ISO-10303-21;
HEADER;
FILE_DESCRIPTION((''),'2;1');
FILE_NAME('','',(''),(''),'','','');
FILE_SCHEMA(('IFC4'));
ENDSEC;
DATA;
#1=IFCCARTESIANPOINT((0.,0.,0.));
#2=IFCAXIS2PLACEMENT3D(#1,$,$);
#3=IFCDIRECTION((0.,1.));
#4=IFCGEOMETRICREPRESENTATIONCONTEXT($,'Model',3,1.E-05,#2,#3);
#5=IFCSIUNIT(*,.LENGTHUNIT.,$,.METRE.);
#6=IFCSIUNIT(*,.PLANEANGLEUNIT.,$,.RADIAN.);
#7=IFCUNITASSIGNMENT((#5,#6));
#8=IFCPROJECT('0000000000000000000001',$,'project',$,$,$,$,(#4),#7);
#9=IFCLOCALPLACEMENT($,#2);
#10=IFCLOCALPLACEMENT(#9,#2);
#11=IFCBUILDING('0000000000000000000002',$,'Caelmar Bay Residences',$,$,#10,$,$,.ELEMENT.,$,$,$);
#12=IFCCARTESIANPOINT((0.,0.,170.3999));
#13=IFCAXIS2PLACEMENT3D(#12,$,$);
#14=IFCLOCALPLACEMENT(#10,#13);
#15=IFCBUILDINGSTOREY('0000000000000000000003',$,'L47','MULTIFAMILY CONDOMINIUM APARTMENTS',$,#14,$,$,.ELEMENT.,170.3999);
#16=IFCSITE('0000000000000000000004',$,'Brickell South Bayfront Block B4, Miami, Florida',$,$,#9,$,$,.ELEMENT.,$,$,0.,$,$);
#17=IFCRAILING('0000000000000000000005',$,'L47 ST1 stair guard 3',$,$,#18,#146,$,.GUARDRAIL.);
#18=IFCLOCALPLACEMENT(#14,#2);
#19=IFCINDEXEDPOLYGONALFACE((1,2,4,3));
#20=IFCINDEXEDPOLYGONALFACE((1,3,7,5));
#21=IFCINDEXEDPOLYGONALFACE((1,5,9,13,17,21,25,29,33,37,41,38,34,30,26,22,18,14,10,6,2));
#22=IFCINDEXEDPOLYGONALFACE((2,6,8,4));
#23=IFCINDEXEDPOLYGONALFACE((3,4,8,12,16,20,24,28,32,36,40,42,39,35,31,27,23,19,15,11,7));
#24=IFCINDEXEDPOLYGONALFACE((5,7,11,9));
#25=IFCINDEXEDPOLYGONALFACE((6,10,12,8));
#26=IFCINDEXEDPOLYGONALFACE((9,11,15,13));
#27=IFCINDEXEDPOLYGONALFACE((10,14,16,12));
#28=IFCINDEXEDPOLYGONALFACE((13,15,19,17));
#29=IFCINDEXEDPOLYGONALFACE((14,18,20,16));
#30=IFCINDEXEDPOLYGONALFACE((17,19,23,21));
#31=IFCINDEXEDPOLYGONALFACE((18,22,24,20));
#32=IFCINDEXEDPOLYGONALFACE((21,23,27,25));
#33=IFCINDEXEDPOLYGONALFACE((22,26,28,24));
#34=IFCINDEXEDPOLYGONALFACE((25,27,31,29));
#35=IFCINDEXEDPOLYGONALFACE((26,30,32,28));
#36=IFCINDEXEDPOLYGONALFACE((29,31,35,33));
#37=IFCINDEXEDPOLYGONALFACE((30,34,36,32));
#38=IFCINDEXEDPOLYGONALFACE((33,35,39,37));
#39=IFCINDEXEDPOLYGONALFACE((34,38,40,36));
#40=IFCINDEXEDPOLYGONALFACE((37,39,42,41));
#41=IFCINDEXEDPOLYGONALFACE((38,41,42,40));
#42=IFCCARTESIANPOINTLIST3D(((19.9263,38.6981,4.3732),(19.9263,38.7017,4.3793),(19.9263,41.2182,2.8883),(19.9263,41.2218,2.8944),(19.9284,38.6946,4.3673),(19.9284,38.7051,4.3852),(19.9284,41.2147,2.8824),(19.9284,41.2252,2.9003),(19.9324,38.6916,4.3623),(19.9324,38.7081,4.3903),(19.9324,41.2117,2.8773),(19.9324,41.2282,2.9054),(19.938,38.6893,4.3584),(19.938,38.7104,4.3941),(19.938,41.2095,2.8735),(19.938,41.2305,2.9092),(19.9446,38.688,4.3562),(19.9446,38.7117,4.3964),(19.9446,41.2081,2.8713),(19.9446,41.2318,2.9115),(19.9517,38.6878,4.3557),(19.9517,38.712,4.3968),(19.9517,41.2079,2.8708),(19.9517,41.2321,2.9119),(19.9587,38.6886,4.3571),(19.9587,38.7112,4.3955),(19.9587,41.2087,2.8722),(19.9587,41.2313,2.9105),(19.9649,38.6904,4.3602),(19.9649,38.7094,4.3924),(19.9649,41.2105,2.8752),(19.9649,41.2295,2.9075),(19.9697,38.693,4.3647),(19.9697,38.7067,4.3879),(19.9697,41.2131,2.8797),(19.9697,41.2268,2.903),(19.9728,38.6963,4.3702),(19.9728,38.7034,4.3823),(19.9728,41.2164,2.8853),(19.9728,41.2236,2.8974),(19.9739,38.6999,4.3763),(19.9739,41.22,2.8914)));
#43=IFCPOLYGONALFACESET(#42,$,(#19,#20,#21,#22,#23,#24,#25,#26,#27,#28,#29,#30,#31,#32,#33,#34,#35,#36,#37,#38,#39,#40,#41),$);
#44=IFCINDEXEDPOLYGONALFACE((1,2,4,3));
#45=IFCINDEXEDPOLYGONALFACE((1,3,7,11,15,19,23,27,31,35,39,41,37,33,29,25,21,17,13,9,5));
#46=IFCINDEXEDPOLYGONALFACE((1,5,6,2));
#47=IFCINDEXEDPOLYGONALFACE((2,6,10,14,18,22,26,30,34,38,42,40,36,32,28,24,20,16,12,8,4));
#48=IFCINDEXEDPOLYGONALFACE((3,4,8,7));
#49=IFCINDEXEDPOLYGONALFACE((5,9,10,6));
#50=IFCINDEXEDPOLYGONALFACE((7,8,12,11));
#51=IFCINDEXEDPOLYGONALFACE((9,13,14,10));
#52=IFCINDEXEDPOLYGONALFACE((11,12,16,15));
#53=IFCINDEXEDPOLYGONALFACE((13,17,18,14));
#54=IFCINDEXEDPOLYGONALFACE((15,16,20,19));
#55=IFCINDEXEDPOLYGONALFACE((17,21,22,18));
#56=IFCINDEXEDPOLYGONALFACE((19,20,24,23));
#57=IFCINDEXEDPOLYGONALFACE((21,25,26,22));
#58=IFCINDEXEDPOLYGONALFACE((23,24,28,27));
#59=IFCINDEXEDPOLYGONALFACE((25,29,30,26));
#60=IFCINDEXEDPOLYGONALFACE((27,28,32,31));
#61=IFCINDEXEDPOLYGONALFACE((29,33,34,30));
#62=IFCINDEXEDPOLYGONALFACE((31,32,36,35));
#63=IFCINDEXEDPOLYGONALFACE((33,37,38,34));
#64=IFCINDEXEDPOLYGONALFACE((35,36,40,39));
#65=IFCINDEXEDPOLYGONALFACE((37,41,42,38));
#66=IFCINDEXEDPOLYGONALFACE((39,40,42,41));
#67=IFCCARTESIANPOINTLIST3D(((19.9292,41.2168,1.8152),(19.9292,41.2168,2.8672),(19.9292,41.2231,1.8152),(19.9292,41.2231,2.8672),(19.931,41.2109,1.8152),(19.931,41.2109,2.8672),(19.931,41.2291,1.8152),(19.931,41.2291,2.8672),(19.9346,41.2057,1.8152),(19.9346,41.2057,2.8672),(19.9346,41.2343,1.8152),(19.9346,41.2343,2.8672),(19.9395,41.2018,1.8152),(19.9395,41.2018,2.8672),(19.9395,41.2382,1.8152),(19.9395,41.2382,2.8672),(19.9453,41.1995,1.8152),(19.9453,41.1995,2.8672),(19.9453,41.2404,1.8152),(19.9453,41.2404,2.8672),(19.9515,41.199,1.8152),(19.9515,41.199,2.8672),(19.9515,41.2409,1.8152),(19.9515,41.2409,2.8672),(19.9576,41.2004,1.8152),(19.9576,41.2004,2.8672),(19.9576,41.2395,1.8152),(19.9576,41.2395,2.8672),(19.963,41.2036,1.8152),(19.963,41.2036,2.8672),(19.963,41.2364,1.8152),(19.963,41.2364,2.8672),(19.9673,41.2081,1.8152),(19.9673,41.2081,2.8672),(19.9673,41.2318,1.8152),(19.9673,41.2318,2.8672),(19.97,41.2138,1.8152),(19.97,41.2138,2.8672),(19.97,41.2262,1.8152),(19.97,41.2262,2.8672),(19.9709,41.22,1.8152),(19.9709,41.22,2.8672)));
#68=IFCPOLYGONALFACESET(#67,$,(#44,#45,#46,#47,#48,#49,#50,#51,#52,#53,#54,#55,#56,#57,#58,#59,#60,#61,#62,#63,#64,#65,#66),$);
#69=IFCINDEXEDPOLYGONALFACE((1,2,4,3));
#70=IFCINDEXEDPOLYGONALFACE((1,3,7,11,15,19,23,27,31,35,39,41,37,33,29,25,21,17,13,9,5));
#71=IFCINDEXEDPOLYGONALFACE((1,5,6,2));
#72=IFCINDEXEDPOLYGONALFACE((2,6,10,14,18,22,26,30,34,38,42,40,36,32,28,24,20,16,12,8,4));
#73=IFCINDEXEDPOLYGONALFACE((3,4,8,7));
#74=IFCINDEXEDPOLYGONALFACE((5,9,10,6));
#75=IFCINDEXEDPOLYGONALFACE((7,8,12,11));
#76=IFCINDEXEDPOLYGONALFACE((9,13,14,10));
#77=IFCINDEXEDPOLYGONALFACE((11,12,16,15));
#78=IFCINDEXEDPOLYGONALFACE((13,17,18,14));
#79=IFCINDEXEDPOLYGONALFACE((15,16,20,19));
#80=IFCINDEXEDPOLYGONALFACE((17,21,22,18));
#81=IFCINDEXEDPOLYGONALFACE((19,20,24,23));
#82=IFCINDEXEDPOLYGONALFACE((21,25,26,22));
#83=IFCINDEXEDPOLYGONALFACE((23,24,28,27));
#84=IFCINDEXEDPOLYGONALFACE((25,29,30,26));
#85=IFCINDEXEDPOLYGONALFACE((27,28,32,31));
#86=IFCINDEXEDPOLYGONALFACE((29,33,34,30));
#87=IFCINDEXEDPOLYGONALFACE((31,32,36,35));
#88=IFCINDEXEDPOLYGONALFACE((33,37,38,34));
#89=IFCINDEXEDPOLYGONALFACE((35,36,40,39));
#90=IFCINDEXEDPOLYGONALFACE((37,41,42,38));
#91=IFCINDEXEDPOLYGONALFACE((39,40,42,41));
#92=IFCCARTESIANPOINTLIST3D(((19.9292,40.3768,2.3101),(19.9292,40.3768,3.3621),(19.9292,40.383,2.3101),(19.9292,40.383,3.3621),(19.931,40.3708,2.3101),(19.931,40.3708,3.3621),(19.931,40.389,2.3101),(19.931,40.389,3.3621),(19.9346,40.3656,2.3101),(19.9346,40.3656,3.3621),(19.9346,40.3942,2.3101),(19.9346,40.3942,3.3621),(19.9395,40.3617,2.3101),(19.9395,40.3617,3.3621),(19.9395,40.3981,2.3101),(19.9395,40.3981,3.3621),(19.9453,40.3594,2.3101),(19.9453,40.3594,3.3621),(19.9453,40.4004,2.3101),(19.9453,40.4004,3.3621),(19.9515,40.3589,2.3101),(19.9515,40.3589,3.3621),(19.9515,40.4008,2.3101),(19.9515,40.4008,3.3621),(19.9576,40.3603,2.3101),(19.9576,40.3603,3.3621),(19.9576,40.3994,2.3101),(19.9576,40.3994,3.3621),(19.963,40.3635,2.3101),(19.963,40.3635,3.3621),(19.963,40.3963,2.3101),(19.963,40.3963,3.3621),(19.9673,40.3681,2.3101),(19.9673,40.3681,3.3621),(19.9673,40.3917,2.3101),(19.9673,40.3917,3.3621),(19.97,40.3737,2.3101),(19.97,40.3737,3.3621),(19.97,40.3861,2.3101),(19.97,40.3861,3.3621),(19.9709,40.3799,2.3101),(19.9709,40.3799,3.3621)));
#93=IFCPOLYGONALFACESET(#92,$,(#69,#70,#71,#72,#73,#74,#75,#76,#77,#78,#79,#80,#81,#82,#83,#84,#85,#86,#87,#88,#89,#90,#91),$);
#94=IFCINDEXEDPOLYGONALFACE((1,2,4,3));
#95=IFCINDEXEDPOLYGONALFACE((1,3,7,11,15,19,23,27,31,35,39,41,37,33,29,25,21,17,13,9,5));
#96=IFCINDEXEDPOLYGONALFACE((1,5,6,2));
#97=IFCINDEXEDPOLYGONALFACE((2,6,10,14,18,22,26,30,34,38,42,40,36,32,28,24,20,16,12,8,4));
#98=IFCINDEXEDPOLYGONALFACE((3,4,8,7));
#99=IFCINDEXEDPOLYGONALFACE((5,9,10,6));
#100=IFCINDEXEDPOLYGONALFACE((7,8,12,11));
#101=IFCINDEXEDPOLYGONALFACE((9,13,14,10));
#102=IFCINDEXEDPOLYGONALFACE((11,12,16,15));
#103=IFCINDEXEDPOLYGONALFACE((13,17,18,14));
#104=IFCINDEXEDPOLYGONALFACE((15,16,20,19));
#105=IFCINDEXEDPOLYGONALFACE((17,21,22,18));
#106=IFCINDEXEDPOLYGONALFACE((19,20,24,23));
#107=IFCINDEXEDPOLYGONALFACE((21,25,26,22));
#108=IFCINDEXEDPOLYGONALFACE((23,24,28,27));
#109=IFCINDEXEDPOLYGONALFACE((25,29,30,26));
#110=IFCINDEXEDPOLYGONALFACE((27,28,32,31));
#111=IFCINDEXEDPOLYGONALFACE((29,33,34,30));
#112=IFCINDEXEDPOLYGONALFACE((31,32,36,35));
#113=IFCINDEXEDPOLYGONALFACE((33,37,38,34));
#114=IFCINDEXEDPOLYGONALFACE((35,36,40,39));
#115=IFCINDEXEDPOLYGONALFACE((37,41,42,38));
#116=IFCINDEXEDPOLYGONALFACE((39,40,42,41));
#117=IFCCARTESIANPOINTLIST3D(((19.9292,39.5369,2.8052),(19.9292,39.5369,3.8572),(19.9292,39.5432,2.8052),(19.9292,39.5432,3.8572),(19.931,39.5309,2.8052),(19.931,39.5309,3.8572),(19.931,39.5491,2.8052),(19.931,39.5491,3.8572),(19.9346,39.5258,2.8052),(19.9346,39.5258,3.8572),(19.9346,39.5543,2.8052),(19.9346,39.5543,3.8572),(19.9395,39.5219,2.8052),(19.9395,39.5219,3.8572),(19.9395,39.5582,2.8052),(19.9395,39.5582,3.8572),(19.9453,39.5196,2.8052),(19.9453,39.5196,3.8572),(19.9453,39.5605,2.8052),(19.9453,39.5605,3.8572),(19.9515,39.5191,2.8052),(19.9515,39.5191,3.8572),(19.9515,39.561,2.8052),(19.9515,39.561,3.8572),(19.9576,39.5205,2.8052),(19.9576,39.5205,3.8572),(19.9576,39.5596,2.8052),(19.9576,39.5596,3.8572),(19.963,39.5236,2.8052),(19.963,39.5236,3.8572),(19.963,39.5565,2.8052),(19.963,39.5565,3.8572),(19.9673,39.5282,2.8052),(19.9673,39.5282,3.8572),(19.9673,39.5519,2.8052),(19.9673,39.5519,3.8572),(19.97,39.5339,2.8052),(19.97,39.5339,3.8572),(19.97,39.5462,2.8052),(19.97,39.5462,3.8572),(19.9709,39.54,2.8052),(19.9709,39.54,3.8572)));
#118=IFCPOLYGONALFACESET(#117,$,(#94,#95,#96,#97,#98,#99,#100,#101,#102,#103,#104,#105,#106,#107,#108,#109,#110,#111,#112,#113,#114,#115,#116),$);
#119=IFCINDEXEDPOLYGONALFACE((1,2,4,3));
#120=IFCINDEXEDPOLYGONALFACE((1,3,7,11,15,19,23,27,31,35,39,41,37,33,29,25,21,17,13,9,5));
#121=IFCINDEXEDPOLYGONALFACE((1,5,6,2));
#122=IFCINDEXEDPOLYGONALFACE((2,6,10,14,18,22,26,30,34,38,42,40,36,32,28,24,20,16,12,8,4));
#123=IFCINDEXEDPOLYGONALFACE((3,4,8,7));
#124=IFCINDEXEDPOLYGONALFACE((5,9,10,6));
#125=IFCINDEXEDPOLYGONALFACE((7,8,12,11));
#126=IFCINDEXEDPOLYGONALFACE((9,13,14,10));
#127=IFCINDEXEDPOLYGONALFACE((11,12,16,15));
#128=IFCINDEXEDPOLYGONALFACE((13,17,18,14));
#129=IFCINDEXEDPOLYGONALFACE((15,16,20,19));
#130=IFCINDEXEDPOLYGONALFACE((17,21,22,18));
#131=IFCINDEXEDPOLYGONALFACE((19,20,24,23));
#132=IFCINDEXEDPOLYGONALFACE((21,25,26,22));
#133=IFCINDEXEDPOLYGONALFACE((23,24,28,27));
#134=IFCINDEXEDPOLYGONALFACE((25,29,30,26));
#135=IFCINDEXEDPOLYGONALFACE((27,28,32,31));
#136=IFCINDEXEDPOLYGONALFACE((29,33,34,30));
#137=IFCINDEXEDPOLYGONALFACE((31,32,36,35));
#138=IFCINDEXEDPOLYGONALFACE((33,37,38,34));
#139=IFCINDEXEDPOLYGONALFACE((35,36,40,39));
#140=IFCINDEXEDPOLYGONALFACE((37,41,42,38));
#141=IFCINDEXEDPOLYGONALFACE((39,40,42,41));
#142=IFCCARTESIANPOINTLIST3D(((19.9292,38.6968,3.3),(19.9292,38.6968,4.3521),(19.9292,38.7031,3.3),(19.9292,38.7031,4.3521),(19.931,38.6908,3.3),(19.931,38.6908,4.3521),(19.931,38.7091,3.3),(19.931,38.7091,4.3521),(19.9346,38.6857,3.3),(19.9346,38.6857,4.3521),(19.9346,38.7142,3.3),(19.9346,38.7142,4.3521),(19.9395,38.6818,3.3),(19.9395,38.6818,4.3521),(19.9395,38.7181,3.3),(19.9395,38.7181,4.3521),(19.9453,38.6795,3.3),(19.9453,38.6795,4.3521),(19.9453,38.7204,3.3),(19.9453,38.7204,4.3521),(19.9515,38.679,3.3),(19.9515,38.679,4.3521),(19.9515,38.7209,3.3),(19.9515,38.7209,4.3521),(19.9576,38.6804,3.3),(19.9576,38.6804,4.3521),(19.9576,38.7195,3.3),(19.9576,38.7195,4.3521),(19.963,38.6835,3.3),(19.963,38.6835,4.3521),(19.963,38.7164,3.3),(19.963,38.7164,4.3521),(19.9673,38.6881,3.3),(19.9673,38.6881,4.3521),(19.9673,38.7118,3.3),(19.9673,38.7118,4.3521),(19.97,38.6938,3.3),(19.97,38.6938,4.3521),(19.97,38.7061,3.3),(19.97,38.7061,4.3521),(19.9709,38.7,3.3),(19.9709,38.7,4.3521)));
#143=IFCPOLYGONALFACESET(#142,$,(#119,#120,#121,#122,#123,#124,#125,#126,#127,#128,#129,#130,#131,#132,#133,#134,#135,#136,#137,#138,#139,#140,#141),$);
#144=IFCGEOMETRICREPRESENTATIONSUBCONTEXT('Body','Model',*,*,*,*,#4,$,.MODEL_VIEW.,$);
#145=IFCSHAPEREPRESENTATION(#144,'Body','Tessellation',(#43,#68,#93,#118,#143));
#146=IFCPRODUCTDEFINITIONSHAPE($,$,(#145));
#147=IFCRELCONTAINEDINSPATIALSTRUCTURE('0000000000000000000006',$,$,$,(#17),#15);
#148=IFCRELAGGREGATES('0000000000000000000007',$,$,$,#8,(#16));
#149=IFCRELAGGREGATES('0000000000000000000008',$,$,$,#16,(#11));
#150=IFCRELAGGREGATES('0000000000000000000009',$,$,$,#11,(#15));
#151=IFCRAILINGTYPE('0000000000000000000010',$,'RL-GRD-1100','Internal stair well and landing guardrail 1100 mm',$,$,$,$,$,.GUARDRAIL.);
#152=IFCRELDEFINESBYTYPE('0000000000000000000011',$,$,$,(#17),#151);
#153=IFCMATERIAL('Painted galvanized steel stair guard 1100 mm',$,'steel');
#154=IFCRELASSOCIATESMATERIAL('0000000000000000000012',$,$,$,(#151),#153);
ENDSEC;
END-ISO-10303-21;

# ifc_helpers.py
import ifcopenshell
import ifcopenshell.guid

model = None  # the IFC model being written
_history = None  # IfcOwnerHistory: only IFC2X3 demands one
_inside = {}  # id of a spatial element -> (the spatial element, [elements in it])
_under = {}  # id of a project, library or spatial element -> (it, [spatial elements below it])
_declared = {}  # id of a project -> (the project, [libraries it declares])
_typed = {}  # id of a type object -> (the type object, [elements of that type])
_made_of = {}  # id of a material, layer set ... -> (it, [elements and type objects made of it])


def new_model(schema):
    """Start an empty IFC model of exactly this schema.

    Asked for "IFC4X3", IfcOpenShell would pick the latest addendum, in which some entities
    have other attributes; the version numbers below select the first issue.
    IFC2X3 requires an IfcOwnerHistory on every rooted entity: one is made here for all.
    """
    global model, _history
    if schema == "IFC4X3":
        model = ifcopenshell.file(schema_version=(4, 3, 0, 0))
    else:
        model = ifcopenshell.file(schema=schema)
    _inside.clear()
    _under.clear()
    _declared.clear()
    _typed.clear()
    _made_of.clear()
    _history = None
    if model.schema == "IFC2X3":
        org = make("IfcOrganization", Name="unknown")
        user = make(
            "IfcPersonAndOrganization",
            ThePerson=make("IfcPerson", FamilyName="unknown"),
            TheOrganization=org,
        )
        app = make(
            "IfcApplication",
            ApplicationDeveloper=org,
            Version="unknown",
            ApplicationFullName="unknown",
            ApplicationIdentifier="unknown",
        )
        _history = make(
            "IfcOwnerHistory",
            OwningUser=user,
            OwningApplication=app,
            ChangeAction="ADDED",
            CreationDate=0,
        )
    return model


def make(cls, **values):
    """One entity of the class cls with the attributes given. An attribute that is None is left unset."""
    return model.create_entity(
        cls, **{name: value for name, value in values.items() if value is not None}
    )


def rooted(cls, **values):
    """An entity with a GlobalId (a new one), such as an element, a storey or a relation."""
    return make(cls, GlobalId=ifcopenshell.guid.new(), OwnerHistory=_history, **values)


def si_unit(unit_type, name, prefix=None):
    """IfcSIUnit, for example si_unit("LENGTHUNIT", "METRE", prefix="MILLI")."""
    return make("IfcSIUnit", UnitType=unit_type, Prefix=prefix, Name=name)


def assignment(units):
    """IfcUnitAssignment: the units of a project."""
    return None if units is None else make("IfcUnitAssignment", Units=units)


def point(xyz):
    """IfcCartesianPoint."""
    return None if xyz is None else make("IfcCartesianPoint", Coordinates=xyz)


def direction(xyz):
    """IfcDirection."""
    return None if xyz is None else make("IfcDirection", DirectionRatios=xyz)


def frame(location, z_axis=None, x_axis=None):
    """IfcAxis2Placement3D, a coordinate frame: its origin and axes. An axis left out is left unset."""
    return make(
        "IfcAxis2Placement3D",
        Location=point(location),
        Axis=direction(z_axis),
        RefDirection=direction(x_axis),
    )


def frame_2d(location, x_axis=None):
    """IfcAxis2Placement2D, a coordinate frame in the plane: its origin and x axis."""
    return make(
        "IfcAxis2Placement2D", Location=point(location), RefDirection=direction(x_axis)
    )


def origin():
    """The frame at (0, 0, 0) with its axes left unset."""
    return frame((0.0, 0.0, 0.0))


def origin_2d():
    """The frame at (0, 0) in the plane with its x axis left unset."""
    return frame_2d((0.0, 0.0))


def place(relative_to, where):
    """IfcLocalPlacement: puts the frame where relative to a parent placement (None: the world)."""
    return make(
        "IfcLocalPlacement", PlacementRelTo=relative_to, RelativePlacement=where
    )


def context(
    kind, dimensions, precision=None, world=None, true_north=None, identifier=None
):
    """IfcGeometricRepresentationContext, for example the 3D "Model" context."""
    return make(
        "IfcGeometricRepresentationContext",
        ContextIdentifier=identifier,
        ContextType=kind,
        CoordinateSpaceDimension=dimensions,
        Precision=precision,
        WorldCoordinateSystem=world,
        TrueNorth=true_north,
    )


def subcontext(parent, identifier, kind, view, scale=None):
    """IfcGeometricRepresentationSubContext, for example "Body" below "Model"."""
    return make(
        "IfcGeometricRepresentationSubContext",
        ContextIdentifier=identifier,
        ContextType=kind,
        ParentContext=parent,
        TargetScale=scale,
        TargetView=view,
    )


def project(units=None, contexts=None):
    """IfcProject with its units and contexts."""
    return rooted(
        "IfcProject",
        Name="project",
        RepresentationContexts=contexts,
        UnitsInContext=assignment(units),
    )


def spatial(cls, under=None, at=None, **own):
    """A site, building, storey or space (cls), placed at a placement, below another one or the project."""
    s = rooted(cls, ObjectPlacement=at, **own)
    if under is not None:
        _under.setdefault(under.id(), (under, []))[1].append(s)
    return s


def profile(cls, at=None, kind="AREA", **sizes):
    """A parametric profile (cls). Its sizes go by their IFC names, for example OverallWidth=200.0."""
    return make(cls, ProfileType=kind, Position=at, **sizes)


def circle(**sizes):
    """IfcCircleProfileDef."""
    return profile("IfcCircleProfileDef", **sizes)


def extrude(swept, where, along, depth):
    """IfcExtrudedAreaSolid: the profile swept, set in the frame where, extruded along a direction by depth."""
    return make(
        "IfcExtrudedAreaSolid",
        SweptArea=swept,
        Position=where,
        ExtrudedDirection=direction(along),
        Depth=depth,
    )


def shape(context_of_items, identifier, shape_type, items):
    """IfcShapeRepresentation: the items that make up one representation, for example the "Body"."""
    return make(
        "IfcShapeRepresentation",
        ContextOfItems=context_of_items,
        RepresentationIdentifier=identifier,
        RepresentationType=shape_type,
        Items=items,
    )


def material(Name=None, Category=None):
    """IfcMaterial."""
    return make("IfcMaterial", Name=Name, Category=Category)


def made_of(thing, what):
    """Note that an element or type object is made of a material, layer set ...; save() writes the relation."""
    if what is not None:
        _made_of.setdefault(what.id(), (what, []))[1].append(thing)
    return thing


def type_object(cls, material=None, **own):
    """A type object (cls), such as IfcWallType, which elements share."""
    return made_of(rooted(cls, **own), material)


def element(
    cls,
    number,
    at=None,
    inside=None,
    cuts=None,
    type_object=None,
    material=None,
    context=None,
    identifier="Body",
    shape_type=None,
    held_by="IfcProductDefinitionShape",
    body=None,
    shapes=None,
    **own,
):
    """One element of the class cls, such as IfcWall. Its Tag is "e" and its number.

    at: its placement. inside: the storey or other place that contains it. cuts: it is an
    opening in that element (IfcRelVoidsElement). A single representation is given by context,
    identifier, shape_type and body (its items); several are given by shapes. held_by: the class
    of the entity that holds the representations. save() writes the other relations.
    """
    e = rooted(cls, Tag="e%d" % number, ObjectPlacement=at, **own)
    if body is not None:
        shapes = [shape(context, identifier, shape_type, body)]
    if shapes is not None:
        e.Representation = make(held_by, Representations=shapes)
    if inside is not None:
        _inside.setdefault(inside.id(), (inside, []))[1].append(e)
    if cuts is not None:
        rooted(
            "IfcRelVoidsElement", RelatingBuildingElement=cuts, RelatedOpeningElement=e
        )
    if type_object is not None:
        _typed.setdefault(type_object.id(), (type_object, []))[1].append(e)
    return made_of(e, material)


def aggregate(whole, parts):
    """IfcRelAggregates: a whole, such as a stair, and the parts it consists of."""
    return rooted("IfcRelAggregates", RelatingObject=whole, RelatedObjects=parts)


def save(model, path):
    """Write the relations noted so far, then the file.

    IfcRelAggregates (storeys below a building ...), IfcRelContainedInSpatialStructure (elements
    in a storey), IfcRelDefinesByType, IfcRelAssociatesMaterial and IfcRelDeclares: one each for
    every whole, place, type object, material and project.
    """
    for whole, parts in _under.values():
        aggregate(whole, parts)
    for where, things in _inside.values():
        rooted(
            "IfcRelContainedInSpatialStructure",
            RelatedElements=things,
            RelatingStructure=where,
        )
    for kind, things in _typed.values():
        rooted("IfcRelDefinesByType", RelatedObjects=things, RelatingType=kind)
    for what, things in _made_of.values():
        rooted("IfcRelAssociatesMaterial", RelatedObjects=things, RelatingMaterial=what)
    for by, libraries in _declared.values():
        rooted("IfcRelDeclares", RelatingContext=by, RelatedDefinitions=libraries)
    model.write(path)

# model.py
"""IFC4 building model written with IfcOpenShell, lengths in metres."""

from ifc_helpers import new_model, si_unit, direction, frame, origin, origin_2d, place, context, subcontext, project, spatial, circle, extrude, material, type_object, element, save


model = new_model("IFC4")

# Units and contexts
model_context = context("Model", 3, precision=1e-05, world=origin(), true_north=direction((0.0, 1.0)))
body_context = subcontext(model_context, "Body", "Model", "MODEL_VIEW")
ifc_project = project(units=[si_unit("LENGTHUNIT", "METRE"), si_unit("PLANEANGLEUNIT", "RADIAN")], contexts=[model_context])

# Site, building, storey
site_placement = place(None, origin())
site = spatial("IfcSite", under=ifc_project, at=site_placement, Name="Brickell South Bayfront Block B4, Miami, Florida", CompositionType="ELEMENT", RefElevation=0.0)
building_placement = place(site_placement, origin())
building = spatial("IfcBuilding", under=site, at=building_placement, Name="Caelmar Bay Residences", CompositionType="ELEMENT")
storey_placement = place(building_placement, frame((0.0, 0.0, 170.3999)))
storey = spatial("IfcBuildingStorey", under=building, at=storey_placement, Name="L47", Description="MULTIFAMILY CONDOMINIUM APARTMENTS", CompositionType="ELEMENT", Elevation=170.3999)

# Railing
ifc_material_1 = material(Name="Painted galvanized steel stair guard 1100 mm", Category="steel")
railing_type_1 = type_object("IfcRailingType", Name="RL-GRD-1100", Description="Internal stair well and landing guardrail 1100 mm", PredefinedType="GUARDRAIL", material=ifc_material_1)
railing_1_placement = place(storey_placement, frame((19.95, 41.22, 1.8152)))
element("IfcRailing", 1, at=railing_1_placement, inside=storey, type_object=railing_type_1, Name="L47 ST1 stair guard 3", PredefinedType="GUARDRAIL", context=body_context, shape_type="SweptSolid", body=[
    extrude(circle(Radius=0.0239, at=origin_2d()), frame((0.0, 0.0, 1.0762), z_axis=(0.0, -0.861561, 0.507655), x_axis=(1.0, 0.0, 0.0)), (0.0, 0.0, 1.0), 2.925),
    extrude(circle(Radius=0.021, at=origin_2d()), origin(), (0.0, 0.0, 1.0), 1.052),
    extrude(circle(Radius=0.021, at=origin_2d()), frame((0.0, -0.8401, 0.4949)), (0.0, 0.0, 1.0), 1.052),
    extrude(circle(Radius=0.021, at=origin_2d()), frame((0.0, -1.6799, 0.99)), (0.0, 0.0, 1.0), 1.052),
    extrude(circle(Radius=0.021, at=origin_2d()), frame((0.0, -2.52, 1.4849)), (0.0, 0.0, 1.0), 1.052),
])

save(model, "model.ifc")
